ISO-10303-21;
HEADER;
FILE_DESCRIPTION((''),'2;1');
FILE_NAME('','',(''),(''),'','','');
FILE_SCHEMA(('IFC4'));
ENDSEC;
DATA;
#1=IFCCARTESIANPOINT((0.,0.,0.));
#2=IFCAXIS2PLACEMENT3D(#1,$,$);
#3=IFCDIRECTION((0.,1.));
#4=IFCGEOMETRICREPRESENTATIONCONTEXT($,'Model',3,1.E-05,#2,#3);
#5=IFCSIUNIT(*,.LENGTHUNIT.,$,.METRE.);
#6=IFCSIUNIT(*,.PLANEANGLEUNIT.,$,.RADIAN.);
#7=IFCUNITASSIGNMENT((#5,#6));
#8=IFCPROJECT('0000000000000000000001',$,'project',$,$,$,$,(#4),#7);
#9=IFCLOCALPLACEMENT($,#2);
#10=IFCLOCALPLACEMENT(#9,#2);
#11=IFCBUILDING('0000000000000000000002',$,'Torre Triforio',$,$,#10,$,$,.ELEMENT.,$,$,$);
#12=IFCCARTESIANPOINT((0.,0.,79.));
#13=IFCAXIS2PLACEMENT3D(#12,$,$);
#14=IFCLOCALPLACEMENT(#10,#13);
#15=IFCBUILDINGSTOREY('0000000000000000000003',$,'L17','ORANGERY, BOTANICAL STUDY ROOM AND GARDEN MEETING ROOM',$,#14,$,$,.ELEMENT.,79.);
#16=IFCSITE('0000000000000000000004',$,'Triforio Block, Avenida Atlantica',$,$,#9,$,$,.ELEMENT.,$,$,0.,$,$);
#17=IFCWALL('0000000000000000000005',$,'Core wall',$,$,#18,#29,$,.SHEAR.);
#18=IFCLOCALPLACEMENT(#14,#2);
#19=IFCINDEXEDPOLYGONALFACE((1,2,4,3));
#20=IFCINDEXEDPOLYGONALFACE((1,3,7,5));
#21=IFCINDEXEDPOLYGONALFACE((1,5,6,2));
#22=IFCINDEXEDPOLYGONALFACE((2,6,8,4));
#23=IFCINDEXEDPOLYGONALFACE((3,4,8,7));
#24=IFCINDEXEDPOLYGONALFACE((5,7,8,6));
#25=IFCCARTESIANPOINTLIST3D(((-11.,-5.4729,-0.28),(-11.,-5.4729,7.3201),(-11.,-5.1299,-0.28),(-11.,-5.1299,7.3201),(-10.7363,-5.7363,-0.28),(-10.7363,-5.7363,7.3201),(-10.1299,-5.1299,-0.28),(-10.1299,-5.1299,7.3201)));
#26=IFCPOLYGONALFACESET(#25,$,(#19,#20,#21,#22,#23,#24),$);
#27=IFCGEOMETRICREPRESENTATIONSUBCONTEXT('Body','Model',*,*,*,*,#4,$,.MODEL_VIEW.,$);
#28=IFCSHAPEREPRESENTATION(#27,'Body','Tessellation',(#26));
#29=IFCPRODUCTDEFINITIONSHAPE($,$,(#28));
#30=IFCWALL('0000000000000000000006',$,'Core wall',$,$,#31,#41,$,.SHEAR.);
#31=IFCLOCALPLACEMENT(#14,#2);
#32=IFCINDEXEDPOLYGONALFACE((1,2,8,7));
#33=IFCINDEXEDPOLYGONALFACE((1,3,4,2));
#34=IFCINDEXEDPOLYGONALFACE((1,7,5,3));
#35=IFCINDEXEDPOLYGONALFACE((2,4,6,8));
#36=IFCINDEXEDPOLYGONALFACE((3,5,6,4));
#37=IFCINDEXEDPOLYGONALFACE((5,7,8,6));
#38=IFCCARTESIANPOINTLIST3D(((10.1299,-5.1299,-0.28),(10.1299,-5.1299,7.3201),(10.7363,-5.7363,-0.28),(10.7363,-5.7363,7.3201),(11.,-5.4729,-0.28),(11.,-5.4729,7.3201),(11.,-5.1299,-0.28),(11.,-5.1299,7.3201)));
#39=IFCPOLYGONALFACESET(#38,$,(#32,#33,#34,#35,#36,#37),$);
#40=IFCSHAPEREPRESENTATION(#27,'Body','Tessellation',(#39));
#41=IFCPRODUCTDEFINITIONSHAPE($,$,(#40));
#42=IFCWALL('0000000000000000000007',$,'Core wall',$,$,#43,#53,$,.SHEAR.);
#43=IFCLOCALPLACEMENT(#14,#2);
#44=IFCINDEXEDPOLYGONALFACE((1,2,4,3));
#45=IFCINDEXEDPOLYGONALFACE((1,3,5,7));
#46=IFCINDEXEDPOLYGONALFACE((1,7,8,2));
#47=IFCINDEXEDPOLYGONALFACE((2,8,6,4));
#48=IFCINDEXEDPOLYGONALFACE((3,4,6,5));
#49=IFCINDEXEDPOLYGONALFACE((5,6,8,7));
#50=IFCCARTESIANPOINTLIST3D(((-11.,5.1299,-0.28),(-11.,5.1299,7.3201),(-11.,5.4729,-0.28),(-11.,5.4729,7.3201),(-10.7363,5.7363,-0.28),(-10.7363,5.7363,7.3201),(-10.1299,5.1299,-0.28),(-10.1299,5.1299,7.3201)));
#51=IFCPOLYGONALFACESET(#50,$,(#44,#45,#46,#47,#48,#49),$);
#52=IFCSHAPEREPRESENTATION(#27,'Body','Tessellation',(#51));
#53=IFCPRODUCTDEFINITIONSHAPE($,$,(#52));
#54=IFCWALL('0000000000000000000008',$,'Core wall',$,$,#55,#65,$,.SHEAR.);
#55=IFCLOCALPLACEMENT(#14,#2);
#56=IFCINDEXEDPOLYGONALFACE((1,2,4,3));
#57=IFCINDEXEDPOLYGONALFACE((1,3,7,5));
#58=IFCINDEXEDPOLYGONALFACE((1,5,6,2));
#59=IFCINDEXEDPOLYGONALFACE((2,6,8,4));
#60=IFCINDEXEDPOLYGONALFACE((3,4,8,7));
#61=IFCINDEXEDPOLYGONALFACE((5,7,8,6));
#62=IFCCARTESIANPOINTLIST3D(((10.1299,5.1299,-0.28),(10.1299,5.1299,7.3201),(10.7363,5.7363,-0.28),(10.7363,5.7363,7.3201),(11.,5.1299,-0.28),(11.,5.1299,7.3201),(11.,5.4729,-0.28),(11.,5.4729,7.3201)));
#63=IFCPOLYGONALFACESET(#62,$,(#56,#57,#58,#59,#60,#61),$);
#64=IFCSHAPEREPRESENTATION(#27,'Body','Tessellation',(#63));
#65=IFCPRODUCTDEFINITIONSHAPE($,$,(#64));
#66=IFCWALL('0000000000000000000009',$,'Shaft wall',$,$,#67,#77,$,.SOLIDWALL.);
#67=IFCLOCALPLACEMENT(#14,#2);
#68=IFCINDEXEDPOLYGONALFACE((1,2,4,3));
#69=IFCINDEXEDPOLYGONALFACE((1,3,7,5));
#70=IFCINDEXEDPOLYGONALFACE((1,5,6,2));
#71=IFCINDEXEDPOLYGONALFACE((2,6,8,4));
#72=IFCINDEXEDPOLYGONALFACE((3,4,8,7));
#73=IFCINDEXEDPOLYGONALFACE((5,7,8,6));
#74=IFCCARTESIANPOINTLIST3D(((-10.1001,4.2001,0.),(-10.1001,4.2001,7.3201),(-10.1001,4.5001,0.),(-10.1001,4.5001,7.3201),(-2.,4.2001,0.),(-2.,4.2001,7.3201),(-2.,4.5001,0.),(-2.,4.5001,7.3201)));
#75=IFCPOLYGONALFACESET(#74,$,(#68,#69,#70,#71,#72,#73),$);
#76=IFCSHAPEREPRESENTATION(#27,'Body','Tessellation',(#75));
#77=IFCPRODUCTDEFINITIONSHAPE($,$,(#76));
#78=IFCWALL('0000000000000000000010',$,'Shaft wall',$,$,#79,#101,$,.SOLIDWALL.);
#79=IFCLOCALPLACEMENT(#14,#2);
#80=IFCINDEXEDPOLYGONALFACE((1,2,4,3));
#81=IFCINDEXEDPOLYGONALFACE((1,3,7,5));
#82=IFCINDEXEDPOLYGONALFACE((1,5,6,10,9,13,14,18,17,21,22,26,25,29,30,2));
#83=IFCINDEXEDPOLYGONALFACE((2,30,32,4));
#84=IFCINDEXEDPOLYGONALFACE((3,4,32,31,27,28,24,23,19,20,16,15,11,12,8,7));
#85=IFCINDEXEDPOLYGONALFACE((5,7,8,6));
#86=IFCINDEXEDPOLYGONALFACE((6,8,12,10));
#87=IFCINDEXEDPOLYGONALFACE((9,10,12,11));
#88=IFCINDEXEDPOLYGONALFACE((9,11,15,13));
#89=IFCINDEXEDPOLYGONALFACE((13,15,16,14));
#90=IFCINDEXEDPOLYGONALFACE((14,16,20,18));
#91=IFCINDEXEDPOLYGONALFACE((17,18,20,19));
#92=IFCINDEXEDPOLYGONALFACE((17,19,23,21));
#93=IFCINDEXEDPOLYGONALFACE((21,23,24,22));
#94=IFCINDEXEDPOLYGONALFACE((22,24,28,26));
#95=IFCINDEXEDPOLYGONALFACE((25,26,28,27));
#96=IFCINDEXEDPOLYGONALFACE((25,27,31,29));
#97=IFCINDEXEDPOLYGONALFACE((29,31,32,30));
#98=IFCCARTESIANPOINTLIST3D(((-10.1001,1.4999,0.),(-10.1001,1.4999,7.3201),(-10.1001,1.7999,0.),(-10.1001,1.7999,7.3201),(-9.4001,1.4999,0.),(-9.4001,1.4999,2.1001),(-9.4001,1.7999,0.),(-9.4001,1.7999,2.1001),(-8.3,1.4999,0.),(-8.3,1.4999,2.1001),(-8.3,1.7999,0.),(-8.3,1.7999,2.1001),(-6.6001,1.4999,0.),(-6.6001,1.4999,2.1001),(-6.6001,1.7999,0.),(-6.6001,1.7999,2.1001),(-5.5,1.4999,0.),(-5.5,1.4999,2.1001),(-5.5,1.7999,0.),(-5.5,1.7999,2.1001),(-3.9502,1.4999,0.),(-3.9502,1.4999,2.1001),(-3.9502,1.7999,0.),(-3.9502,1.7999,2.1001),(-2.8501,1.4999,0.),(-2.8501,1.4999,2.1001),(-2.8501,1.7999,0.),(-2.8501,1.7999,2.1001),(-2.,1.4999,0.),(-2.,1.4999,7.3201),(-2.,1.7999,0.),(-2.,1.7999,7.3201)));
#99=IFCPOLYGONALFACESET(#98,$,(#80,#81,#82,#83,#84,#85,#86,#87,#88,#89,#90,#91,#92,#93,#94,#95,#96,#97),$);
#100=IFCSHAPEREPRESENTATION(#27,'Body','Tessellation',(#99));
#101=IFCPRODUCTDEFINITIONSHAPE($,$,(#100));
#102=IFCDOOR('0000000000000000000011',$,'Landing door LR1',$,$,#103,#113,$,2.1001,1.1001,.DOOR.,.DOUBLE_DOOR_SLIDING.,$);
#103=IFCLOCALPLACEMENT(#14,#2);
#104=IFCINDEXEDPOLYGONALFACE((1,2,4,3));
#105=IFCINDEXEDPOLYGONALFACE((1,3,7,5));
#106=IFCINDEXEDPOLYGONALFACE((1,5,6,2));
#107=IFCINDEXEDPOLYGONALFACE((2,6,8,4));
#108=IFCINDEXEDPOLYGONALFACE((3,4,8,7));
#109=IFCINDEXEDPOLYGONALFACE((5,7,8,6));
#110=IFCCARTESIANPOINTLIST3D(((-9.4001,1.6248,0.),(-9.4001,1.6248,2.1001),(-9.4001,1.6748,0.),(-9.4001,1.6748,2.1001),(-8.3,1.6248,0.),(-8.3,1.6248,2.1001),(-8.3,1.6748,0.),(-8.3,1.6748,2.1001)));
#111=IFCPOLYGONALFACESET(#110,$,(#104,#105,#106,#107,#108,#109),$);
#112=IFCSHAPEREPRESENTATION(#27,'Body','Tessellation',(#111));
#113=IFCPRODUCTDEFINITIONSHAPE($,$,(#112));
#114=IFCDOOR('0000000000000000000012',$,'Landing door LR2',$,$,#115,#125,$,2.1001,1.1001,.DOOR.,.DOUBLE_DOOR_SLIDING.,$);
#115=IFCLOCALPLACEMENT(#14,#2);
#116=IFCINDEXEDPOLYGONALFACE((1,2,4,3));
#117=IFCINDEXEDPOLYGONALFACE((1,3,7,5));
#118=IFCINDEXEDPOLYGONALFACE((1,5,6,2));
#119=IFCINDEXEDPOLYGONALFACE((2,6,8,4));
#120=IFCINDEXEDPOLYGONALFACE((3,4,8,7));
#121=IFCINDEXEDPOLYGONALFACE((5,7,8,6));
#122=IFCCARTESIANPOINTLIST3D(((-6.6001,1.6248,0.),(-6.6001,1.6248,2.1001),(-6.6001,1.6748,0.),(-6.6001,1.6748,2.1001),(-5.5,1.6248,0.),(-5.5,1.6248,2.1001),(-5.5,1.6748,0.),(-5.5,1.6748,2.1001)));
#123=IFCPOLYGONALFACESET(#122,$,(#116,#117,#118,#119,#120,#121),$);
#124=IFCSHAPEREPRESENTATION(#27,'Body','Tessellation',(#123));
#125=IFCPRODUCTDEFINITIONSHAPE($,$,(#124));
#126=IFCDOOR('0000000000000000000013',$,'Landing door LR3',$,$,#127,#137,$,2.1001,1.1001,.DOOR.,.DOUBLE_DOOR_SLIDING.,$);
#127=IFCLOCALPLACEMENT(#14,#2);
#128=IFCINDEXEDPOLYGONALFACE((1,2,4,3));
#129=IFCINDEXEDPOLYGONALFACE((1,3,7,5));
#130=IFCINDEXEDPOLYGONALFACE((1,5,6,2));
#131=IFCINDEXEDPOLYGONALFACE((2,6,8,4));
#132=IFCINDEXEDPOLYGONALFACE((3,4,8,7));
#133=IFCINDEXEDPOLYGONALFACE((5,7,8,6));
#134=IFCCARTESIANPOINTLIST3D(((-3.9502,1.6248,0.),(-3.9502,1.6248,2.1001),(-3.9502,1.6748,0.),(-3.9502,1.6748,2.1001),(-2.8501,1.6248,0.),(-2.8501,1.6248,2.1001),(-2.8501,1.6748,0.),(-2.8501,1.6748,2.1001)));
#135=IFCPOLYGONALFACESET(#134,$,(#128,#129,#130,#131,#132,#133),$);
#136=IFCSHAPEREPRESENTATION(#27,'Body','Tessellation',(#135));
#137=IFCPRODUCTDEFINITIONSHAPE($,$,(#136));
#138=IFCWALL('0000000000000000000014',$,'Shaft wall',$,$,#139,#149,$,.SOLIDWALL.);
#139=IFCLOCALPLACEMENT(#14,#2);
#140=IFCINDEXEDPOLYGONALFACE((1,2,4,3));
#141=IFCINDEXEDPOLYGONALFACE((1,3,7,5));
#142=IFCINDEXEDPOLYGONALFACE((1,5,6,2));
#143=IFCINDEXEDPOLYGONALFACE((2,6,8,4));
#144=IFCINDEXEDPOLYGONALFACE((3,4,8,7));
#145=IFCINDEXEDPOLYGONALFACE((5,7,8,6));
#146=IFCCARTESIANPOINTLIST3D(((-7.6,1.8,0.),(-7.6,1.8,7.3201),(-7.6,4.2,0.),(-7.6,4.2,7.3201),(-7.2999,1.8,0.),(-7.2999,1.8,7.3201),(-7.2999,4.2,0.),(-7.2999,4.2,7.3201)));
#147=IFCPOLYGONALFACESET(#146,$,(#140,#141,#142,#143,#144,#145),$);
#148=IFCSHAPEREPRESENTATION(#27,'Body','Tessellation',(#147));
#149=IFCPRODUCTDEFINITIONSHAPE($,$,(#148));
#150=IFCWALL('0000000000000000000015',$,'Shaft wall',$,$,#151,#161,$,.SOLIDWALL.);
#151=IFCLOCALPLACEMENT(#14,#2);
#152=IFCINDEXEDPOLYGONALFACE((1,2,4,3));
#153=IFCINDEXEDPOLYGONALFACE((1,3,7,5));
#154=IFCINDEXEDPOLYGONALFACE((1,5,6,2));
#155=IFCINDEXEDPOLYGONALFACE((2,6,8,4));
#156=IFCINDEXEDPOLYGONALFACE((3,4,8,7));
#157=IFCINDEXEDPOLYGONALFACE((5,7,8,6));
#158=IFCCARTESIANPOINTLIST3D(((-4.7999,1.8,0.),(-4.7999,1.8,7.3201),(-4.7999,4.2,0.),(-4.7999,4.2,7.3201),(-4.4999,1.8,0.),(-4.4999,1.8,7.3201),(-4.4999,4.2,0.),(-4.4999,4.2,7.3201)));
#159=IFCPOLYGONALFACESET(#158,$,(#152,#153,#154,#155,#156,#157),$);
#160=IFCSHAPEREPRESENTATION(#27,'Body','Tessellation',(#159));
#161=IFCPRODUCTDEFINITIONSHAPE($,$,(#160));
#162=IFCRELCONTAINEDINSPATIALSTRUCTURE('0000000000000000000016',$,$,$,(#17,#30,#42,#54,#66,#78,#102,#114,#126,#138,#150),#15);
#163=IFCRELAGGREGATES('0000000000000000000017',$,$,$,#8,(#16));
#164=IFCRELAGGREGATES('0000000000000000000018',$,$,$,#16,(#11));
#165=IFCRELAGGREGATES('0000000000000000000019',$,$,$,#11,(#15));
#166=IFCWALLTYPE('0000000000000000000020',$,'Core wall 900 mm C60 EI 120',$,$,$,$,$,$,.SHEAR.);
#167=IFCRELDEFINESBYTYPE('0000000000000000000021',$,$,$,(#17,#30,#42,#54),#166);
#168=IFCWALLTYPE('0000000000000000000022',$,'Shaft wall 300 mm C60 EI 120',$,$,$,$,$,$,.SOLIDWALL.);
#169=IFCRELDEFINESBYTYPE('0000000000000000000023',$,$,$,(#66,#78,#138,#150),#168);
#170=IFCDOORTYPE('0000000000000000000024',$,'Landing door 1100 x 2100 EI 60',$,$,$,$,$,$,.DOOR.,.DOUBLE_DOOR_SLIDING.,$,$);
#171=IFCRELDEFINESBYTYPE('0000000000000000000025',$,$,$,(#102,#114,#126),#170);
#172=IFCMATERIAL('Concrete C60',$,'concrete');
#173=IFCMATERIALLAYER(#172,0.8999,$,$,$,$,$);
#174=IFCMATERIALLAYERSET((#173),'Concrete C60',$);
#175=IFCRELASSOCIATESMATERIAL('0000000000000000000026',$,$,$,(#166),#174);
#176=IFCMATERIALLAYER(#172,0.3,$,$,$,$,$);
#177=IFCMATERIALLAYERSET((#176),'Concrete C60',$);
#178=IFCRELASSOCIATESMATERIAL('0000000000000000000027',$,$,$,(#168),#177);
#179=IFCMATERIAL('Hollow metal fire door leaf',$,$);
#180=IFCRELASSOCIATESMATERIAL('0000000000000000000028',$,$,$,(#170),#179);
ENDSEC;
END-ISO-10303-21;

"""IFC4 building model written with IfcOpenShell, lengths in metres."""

from ifc_helpers import new_model, si_unit, direction, frame, frame_2d, origin, place, context, subcontext, project, spatial, polyline, rectangle, outline, extrude, material, layer, layer_set, type_object, element, fill, save


model = new_model("IFC4")

# Units and contexts
model_context = context("Model", 3, precision=1e-05, world=origin(), true_north=direction((0.0, 1.0)))
body_context = subcontext(model_context, "Body", "Model", "MODEL_VIEW")
ifc_project = project(units=[si_unit("LENGTHUNIT", "METRE"), si_unit("PLANEANGLEUNIT", "RADIAN")], contexts=[model_context])

# Site, building, storey
site_placement = place(None, origin())
site = spatial("IfcSite", under=ifc_project, at=site_placement, Name="Triforio Block, Avenida Atlantica", CompositionType="ELEMENT", RefElevation=0.0)
building_placement = place(site_placement, origin())
building = spatial("IfcBuilding", under=site, at=building_placement, Name="Torre Triforio", CompositionType="ELEMENT")
storey_placement = place(building_placement, frame((0.0, 0.0, 79.0)))
storey = spatial("IfcBuildingStorey", under=building, at=storey_placement, Name="L17", Description="ORANGERY, BOTANICAL STUDY ROOM AND GARDEN MEETING ROOM", CompositionType="ELEMENT", Elevation=79.0)

# Walls
ifc_material_1 = material(Name="Concrete C60", Category="concrete")
ifc_layer_1 = layer(ifc_material_1, 0.8999)
ifc_layer_set_1 = layer_set([ifc_layer_1], Name="Concrete C60")
wall_type_1 = type_object("IfcWallType", Name="Core wall 900 mm C60 EI 120", PredefinedType="SHEAR", material=ifc_layer_set_1)
wall_1_placement = place(storey_placement, frame((0.0, 0.0, -0.28)))
element("IfcWall", 1, at=wall_1_placement, inside=storey, type_object=wall_type_1, Name="Core wall", PredefinedType="SHEAR", context=body_context, shape_type="SweptSolid", body=[
    extrude(outline(polyline([(-11.0, -5.4729), (-11.0, -5.1299), (-10.1299, -5.1299), (-10.7363, -5.7363), (-11.0, -5.4729)])), origin(), (0.0, 0.0, 1.0), 7.6001),
])
wall_2_placement = place(storey_placement, frame((0.0, 0.0, -0.28)))
element("IfcWall", 2, at=wall_2_placement, inside=storey, type_object=wall_type_1, Name="Core wall", PredefinedType="SHEAR", context=body_context, shape_type="SweptSolid", body=[
    extrude(outline(polyline([(11.0, -5.4729), (10.7363, -5.7363), (10.1299, -5.1299), (11.0, -5.1299), (11.0, -5.4729)])), origin(), (0.0, 0.0, 1.0), 7.6001),
])
wall_3_placement = place(storey_placement, frame((0.0, 0.0, -0.28)))
element("IfcWall", 3, at=wall_3_placement, inside=storey, type_object=wall_type_1, Name="Core wall", PredefinedType="SHEAR", context=body_context, shape_type="SweptSolid", body=[
    extrude(outline(polyline([(-10.7363, 5.7363), (-10.1299, 5.1299), (-11.0, 5.1299), (-11.0, 5.4729), (-10.7363, 5.7363)])), origin(), (0.0, 0.0, 1.0), 7.6001),
])
wall_4_placement = place(storey_placement, frame((0.0, 0.0, -0.28)))
element("IfcWall", 4, at=wall_4_placement, inside=storey, type_object=wall_type_1, Name="Core wall", PredefinedType="SHEAR", context=body_context, shape_type="SweptSolid", body=[
    extrude(outline(polyline([(11.0, 5.4729), (11.0, 5.1299), (10.1299, 5.1299), (10.7363, 5.7363), (11.0, 5.4729)])), origin(), (0.0, 0.0, 1.0), 7.6001),
])
ifc_layer_2 = layer(ifc_material_1, 0.3)
ifc_layer_set_2 = layer_set([ifc_layer_2], Name="Concrete C60")
wall_type_2 = type_object("IfcWallType", Name="Shaft wall 300 mm C60 EI 120", PredefinedType="SOLIDWALL", material=ifc_layer_set_2)
wall_5_placement = place(storey_placement, frame((-10.1001, 4.3501, 0.0), z_axis=(0.0, 0.0, 1.0), x_axis=(1.0, 0.0, 0.0)))
element("IfcWall", 5, at=wall_5_placement, inside=storey, type_object=wall_type_2, Name="Shaft wall", PredefinedType="SOLIDWALL", context=body_context, shape_type="SweptSolid", body=[
    extrude(rectangle(XDim=8.1001, YDim=0.3, at=frame_2d((4.05, 0.0))), origin(), (0.0, 0.0, 1.0), 7.3201),
])

# Wall, openings, doors
wall_6_placement = place(storey_placement, frame((-10.1001, 1.6499, 0.0), z_axis=(0.0, 0.0, 1.0), x_axis=(1.0, 0.0, 0.0)))
wall_6 = element("IfcWall", 6, at=wall_6_placement, inside=storey, type_object=wall_type_2, Name="Shaft wall", PredefinedType="SOLIDWALL", context=body_context, shape_type="SweptSolid", body=[
    extrude(rectangle(XDim=8.1001, YDim=0.3, at=frame_2d((4.05, 0.0))), origin(), (0.0, 0.0, 1.0), 7.3201),
])
opening_1_placement = place(wall_6_placement, frame((0.7, 0.0, 0.0)))
opening_1 = element("IfcOpeningElement", 7, at=opening_1_placement, cuts=wall_6, PredefinedType="OPENING", context=body_context, shape_type="SweptSolid", body=[
    extrude(rectangle(XDim=1.1001, YDim=2.1001, at=frame_2d((0.55, 1.05))), frame((0.0, 0.1599, 0.0), z_axis=(0.0, -1.0, 0.0), x_axis=(1.0, 0.0, 0.0)), (0.0, 0.0, 1.0), 0.3201),
])
opening_2_placement = place(wall_6_placement, frame((3.5, 0.0, 0.0)))
opening_2 = element("IfcOpeningElement", 8, at=opening_2_placement, cuts=wall_6, PredefinedType="OPENING", context=body_context, shape_type="SweptSolid", body=[
    extrude(rectangle(XDim=1.1001, YDim=2.1001, at=frame_2d((0.55, 1.05))), frame((0.0, 0.1599, 0.0), z_axis=(0.0, -1.0, 0.0), x_axis=(1.0, 0.0, 0.0)), (0.0, 0.0, 1.0), 0.3201),
])
opening_3_placement = place(wall_6_placement, frame((6.1499, 0.0, 0.0)))
opening_3 = element("IfcOpeningElement", 9, at=opening_3_placement, cuts=wall_6, PredefinedType="OPENING", context=body_context, shape_type="SweptSolid", body=[
    extrude(rectangle(XDim=1.1001, YDim=2.1001, at=frame_2d((0.55, 1.05))), frame((0.0, 0.1599, 0.0), z_axis=(0.0, -1.0, 0.0), x_axis=(1.0, 0.0, 0.0)), (0.0, 0.0, 1.0), 0.3201),
])
ifc_material_2 = material(Name="Hollow metal fire door leaf")
door_type_1 = type_object("IfcDoorType", Name="Landing door 1100 x 2100 EI 60", OperationType="DOUBLE_DOOR_SLIDING", PredefinedType="DOOR", material=ifc_material_2)
door_1_placement = place(opening_1_placement, origin())
door_1 = element("IfcDoor", 10, at=door_1_placement, inside=storey, type_object=door_type_1, Name="Landing door LR1", OperationType="DOUBLE_DOOR_SLIDING", OverallHeight=2.1001, OverallWidth=1.1001, PredefinedType="DOOR", context=body_context, shape_type="SweptSolid", body=[
    extrude(rectangle(XDim=1.1001, YDim=2.1001, at=frame_2d((0.55, 1.05))), frame((0.0, 0.0249, 0.0), z_axis=(0.0, -1.0, 0.0), x_axis=(1.0, 0.0, 0.0)), (0.0, 0.0, 1.0), 0.05),
])
fill(opening_1, door_1)
door_2_placement = place(opening_2_placement, origin())
door_2 = element("IfcDoor", 11, at=door_2_placement, inside=storey, type_object=door_type_1, Name="Landing door LR2", OperationType="DOUBLE_DOOR_SLIDING", OverallHeight=2.1001, OverallWidth=1.1001, PredefinedType="DOOR", context=body_context, shape_type="SweptSolid", body=[
    extrude(rectangle(XDim=1.1001, YDim=2.1001, at=frame_2d((0.55, 1.05))), frame((0.0, 0.0249, 0.0), z_axis=(0.0, -1.0, 0.0), x_axis=(1.0, 0.0, 0.0)), (0.0, 0.0, 1.0), 0.05),
])
fill(opening_2, door_2)
door_3_placement = place(opening_3_placement, origin())
door_3 = element("IfcDoor", 12, at=door_3_placement, inside=storey, type_object=door_type_1, Name="Landing door LR3", OperationType="DOUBLE_DOOR_SLIDING", OverallHeight=2.1001, OverallWidth=1.1001, PredefinedType="DOOR", context=body_context, shape_type="SweptSolid", body=[
    extrude(rectangle(XDim=1.1001, YDim=2.1001, at=frame_2d((0.55, 1.05))), frame((0.0, 0.0249, 0.0), z_axis=(0.0, -1.0, 0.0), x_axis=(1.0, 0.0, 0.0)), (0.0, 0.0, 1.0), 0.05),
])
fill(opening_3, door_3)

# Walls
for number, where, z_axis, x_axis, name in (
    (13, (-7.45, 1.8, 0.0), (0.0, 0.0, 1.0), (0.0, 1.0, 0.0), "Shaft wall"),
    (14, (-4.6499, 1.8, 0.0), (0.0, 0.0, 1.0), (0.0, 1.0, 0.0), "Shaft wall"),
):
    element("IfcWall", number, at=place(storey_placement, frame(where, z_axis=z_axis, x_axis=x_axis)), inside=storey, type_object=wall_type_2, Name=name, PredefinedType="SOLIDWALL", context=body_context, shape_type="SweptSolid", body=[
        extrude(rectangle(XDim=2.3999, YDim=0.3, at=frame_2d((1.2, 0.0))), origin(), (0.0, 0.0, 1.0), 7.3201),
    ])

save(model, "model.ifc")
